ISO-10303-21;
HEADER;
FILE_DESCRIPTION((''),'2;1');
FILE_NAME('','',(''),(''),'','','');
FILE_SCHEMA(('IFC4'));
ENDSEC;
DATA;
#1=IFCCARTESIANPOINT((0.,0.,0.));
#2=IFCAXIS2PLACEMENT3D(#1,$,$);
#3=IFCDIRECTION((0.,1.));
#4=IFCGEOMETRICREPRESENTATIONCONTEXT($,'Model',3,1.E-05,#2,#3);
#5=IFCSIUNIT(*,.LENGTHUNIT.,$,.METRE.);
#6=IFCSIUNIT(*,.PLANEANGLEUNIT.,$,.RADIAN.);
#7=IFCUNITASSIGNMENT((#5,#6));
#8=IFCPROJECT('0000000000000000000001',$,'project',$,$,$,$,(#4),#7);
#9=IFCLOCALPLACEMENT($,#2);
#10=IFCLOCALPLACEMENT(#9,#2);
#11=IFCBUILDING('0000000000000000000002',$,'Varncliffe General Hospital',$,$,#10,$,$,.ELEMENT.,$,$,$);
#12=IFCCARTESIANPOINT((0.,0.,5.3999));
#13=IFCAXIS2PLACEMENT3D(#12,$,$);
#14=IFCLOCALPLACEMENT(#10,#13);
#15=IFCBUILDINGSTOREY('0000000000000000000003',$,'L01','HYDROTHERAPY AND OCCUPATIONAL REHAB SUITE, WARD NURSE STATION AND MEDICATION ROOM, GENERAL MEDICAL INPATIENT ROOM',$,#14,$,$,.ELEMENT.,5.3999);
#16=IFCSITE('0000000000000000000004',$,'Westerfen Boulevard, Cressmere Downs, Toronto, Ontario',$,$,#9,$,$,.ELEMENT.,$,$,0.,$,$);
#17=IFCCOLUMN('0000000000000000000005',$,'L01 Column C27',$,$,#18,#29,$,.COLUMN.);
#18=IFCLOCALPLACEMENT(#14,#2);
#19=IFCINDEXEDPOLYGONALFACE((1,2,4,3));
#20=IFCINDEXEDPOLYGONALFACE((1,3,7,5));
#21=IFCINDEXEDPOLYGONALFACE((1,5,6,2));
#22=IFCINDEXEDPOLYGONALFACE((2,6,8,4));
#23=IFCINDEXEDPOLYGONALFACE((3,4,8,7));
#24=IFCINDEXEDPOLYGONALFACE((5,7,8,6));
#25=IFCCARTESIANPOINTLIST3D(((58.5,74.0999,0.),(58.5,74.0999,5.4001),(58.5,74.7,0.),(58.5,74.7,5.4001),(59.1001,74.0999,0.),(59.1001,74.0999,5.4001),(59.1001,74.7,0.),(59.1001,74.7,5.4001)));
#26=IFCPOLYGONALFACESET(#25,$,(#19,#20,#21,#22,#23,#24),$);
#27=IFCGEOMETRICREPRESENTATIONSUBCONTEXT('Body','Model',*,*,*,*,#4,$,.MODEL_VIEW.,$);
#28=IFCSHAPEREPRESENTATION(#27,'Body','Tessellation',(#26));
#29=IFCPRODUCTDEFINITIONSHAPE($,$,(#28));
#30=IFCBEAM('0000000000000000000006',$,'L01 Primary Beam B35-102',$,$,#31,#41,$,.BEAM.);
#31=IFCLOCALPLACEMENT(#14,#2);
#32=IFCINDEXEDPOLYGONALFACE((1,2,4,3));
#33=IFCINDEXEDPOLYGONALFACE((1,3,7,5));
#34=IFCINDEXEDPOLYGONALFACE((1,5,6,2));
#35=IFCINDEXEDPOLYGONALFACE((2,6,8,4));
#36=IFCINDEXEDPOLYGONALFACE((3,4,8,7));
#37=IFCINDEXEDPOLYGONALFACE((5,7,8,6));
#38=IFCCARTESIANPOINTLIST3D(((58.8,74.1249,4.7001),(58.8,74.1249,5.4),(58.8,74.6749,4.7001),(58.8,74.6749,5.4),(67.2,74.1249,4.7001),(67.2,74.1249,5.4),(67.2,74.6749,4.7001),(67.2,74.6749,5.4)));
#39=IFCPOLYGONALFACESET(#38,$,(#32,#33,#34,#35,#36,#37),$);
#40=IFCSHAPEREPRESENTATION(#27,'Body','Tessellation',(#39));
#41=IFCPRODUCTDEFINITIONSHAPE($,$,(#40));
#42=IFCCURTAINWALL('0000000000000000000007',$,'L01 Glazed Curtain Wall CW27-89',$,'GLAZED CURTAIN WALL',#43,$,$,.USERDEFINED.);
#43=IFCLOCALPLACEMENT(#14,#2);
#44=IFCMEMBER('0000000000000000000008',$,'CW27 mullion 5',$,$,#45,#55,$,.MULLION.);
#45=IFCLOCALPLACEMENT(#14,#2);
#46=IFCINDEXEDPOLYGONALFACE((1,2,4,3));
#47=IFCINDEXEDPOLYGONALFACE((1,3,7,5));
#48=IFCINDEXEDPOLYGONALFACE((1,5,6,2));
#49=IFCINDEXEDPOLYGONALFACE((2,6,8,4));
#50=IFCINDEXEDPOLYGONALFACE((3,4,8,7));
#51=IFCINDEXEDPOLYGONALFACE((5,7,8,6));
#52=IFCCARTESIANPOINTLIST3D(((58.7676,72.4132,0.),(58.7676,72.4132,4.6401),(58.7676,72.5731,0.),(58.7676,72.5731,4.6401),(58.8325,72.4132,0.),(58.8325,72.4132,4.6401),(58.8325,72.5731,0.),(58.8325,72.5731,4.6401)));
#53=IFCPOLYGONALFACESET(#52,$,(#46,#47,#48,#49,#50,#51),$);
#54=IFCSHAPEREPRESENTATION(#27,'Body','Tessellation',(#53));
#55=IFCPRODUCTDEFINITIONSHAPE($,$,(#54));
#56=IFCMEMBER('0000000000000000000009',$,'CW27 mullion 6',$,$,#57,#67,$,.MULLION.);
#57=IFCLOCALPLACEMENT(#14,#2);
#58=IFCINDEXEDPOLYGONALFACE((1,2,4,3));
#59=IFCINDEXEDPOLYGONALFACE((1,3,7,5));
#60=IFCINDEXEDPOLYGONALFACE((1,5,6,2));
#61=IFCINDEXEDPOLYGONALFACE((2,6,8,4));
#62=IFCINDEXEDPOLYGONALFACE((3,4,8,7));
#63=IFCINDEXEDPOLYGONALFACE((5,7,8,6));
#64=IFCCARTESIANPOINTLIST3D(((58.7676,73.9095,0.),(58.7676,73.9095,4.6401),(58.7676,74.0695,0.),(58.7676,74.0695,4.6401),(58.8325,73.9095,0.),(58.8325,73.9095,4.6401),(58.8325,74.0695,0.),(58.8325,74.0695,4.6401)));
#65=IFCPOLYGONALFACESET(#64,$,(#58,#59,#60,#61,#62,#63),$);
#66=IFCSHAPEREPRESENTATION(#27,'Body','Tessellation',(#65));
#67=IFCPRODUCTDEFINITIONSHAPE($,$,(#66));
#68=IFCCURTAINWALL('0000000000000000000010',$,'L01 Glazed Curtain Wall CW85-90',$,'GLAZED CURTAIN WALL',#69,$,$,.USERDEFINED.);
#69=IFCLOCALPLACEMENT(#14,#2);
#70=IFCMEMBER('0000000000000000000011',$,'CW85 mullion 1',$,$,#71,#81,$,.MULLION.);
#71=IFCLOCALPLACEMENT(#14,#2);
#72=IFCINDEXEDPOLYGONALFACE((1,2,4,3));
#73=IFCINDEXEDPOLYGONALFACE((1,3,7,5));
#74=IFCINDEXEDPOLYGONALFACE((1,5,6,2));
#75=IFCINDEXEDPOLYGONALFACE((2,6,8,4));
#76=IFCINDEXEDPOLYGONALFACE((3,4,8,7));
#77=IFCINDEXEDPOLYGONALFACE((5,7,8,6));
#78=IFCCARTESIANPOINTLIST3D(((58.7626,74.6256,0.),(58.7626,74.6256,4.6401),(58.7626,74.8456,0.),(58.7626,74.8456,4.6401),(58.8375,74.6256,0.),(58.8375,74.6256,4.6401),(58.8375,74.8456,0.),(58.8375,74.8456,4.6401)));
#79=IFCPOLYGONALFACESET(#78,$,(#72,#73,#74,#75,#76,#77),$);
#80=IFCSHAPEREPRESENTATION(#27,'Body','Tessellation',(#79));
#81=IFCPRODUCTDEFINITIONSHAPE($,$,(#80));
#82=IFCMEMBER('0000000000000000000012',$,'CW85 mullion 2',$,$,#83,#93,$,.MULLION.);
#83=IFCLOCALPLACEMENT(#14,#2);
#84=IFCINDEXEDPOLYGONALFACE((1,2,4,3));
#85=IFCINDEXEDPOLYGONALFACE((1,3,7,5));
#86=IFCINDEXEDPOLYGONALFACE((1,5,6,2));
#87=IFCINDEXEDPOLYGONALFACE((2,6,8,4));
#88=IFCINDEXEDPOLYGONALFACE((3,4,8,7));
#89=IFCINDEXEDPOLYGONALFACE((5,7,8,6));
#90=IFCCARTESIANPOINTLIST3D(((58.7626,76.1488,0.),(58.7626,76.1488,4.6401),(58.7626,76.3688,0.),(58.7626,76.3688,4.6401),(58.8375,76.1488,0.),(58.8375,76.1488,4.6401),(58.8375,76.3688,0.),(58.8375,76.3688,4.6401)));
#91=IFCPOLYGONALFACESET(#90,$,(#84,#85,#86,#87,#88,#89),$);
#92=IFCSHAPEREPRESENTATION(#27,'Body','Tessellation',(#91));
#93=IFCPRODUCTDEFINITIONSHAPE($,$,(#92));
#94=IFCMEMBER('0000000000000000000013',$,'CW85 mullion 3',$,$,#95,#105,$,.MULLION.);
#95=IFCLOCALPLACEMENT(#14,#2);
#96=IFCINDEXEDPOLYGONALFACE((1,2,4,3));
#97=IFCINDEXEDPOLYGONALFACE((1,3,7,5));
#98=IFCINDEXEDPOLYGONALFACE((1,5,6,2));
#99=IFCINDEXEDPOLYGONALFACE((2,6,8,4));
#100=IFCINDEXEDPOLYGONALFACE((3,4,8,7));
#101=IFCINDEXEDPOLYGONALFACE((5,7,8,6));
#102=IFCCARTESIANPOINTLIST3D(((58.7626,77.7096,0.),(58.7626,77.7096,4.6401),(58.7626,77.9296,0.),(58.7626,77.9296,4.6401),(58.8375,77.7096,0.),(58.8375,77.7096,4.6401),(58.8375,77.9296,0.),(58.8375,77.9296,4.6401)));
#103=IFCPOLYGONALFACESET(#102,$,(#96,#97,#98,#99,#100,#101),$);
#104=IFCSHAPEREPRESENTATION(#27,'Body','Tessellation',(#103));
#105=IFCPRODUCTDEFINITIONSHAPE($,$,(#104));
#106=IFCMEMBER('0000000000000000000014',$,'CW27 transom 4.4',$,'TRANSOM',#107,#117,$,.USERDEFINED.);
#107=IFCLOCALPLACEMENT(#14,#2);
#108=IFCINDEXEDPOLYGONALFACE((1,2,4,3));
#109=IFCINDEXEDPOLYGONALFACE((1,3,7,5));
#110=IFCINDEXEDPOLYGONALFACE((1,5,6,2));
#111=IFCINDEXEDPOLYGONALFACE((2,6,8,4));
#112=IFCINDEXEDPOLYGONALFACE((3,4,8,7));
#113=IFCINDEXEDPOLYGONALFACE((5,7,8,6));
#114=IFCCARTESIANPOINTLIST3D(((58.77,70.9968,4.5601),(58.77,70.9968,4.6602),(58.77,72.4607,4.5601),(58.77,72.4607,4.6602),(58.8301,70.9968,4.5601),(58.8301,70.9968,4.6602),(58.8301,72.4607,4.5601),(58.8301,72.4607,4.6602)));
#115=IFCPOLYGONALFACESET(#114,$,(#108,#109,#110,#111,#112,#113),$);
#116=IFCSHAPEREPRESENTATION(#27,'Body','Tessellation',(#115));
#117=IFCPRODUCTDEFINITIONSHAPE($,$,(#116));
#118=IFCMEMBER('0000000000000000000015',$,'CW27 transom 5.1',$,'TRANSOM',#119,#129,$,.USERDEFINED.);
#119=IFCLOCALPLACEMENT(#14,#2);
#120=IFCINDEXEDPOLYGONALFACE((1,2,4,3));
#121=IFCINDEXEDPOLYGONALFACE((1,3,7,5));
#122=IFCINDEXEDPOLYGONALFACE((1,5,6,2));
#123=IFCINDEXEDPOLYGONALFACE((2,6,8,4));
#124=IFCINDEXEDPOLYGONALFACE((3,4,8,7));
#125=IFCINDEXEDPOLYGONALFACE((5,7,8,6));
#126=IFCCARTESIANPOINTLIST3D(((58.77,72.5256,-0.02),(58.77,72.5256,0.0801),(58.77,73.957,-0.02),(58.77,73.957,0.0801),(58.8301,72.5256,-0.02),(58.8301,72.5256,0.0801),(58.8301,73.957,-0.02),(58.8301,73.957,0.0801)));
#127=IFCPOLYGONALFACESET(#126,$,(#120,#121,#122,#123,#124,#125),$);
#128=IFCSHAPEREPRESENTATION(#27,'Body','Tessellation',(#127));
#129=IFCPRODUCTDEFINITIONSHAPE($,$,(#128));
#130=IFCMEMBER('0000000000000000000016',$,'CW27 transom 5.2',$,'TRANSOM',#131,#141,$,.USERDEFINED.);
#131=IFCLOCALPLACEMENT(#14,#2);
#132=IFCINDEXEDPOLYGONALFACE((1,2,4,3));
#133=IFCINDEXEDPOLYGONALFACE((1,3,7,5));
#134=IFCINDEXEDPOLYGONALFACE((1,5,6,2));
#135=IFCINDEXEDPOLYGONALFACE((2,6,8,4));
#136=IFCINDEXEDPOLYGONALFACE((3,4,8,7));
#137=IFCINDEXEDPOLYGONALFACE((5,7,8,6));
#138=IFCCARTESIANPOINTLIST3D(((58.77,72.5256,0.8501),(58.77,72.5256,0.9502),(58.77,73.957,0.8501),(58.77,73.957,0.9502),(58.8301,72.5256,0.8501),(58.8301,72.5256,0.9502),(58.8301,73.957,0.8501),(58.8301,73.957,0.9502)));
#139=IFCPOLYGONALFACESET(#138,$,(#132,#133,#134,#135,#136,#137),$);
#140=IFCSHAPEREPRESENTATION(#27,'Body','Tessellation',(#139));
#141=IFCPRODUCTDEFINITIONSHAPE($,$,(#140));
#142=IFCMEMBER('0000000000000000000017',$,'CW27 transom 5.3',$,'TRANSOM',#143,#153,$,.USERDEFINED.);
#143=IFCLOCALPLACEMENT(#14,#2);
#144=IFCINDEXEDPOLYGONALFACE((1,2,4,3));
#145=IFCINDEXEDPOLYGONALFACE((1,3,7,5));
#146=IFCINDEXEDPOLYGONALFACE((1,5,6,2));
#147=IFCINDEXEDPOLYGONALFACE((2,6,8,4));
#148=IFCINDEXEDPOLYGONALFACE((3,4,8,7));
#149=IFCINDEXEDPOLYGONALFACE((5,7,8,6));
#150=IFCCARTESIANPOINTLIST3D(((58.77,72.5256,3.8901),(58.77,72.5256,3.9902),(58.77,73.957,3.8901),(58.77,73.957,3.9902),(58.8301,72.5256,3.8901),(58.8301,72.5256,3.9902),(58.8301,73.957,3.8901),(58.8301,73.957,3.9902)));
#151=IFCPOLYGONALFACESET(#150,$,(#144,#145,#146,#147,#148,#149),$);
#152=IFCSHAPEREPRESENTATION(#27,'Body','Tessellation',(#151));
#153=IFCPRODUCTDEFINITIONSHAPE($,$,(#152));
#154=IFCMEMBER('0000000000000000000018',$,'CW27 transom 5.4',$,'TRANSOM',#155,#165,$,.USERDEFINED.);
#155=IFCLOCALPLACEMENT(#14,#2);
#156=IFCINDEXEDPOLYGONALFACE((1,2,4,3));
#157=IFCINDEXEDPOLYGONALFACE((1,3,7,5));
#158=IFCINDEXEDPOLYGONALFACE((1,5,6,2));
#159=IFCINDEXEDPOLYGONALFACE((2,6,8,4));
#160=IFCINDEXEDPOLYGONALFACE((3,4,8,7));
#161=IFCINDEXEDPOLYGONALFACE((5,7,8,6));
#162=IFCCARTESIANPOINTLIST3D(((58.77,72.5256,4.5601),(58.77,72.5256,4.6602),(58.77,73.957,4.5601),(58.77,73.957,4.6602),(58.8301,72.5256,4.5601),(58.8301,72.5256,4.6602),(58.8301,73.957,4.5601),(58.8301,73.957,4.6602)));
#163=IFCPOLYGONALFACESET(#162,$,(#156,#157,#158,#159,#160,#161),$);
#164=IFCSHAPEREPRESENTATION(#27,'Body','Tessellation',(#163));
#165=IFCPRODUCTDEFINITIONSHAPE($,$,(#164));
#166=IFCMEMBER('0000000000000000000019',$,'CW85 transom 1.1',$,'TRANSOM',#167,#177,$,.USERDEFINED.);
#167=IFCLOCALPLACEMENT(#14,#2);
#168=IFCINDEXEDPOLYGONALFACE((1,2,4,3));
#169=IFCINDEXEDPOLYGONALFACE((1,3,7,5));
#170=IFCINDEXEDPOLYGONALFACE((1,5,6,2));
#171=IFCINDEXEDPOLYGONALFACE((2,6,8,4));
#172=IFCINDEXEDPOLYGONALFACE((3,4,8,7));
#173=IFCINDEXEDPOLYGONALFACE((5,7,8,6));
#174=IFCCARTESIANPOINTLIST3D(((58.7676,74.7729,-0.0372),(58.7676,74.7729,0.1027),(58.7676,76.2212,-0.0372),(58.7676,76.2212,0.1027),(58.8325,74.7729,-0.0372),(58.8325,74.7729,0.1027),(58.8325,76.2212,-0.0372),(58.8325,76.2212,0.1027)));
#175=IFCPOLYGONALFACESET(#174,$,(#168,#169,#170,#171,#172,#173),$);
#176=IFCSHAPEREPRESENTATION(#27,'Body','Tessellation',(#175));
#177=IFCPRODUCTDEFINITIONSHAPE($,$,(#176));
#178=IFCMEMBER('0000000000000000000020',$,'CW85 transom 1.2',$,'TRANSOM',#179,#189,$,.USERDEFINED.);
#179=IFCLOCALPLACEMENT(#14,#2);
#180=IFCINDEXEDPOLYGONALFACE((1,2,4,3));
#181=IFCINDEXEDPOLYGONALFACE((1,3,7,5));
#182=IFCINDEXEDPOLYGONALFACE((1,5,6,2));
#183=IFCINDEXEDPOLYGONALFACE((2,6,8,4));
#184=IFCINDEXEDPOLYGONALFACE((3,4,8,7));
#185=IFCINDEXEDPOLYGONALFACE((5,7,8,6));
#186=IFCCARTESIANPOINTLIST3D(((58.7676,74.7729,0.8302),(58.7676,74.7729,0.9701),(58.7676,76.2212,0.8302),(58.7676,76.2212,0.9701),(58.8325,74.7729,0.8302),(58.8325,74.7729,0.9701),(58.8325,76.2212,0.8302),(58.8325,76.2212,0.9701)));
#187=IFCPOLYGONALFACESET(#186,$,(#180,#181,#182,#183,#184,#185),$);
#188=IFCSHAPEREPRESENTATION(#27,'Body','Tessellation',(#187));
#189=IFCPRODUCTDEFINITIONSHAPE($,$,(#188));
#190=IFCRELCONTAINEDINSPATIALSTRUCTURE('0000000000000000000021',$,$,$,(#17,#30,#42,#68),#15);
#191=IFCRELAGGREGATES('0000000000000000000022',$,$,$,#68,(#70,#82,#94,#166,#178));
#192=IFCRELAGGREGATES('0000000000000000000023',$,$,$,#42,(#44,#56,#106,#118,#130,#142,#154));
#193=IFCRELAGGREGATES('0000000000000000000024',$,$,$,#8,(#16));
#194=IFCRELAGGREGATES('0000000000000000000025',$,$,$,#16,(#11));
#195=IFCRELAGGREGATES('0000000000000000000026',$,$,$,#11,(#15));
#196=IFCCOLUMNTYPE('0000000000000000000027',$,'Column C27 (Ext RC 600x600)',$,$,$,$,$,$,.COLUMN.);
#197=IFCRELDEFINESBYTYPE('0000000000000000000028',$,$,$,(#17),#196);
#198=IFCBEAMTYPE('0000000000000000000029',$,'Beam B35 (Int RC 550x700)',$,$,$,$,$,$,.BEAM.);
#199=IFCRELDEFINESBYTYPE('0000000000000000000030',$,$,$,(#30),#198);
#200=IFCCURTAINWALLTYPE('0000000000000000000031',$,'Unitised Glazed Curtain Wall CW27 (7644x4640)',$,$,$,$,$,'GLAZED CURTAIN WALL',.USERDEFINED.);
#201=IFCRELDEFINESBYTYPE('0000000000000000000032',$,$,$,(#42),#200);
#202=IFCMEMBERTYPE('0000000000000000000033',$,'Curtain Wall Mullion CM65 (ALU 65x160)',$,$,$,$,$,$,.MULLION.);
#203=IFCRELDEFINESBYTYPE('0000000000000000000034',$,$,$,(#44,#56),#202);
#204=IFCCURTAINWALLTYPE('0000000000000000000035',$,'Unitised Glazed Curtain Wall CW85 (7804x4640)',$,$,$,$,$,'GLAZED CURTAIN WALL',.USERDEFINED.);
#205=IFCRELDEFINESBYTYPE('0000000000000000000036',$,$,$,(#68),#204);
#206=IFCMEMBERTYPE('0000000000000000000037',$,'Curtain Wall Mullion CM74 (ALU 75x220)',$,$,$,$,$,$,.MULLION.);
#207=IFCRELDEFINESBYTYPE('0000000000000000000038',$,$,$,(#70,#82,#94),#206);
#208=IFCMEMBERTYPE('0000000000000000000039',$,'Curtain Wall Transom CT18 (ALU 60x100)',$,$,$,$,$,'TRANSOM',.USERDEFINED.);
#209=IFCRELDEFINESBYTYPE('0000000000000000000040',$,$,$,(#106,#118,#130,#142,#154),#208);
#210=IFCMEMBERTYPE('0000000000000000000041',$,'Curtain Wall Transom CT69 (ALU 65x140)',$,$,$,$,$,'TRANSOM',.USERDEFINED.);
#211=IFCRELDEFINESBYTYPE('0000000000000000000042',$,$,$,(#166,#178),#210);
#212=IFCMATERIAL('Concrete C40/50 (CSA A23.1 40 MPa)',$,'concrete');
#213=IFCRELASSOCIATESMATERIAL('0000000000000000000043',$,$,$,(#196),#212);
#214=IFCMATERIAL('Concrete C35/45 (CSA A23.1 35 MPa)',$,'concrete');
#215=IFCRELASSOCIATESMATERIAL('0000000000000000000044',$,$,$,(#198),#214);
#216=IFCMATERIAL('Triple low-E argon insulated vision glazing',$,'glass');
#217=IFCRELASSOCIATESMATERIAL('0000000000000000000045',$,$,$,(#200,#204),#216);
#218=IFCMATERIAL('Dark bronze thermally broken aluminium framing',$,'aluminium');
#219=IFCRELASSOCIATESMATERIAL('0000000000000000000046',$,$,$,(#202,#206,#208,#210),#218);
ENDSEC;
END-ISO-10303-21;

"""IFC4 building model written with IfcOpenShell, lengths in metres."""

from ifc_helpers import new_model, si_unit, direction, frame, origin, origin_2d, place, context, subcontext, project, spatial, rectangle, extrude, material, material_profile, profile_set, type_object, element, aggregate, save


model = new_model("IFC4")

# Units and contexts
model_context = context("Model", 3, precision=1e-05, world=origin(), true_north=direction((0.0, 1.0)))
body_context = subcontext(model_context, "Body", "Model", "MODEL_VIEW")
ifc_project = project(units=[si_unit("LENGTHUNIT", "METRE"), si_unit("PLANEANGLEUNIT", "RADIAN")], contexts=[model_context])

# Site, building, storey
site_placement = place(None, origin())
site = spatial("IfcSite", under=ifc_project, at=site_placement, Name="Westerfen Boulevard, Cressmere Downs, Toronto, Ontario", CompositionType="ELEMENT", RefElevation=0.0)
building_placement = place(site_placement, origin())
building = spatial("IfcBuilding", under=site, at=building_placement, Name="Varncliffe General Hospital", CompositionType="ELEMENT")
storey_placement = place(building_placement, frame((0.0, 0.0, 5.3999)))
storey = spatial("IfcBuildingStorey", under=building, at=storey_placement, Name="L01", Description="HYDROTHERAPY AND OCCUPATIONAL REHAB SUITE, WARD NURSE STATION AND MEDICATION ROOM, GENERAL MEDICAL INPATIENT ROOM", CompositionType="ELEMENT", Elevation=5.3999)

# Column
ifc_material_1 = material(Name="Concrete C40/50 (CSA A23.1 40 MPa)", Category="concrete")
ifc_material_profile_1 = material_profile(ifc_material_1, rectangle(XDim=0.6001, YDim=0.6001, at=origin_2d()), Name="RC 600x600")
ifc_profile_set_1 = profile_set([ifc_material_profile_1], Name="Concrete C40/50 (CSA A23.1 40 MPa)")
column_type = type_object("IfcColumnType", Name="Column C27 (Ext RC 600x600)", PredefinedType="COLUMN", material=ifc_profile_set_1)
column_placement = place(storey_placement, frame((58.8, 74.3999, 0.0), z_axis=(0.0, 0.0, 1.0), x_axis=(1.0, 0.0, 0.0)))
element("IfcColumn", 1, at=column_placement, inside=storey, type_object=column_type, Name="L01 Column C27", PredefinedType="COLUMN", context=body_context, shape_type="SweptSolid", body=[
    extrude(rectangle(XDim=0.6001, YDim=0.6001, at=origin_2d()), origin(), (0.0, 0.0, 1.0), 5.4001),
])

# Beam
ifc_material_2 = material(Name="Concrete C35/45 (CSA A23.1 35 MPa)", Category="concrete")
ifc_material_profile_2 = material_profile(ifc_material_2, rectangle(XDim=0.55, YDim=0.7, at=origin_2d()), Name="RC 550x700")
ifc_profile_set_2 = profile_set([ifc_material_profile_2], Name="Concrete C35/45 (CSA A23.1 35 MPa)")
beam_type_1 = type_object("IfcBeamType", Name="Beam B35 (Int RC 550x700)", PredefinedType="BEAM", material=ifc_profile_set_2)
beam_1_placement = place(storey_placement, frame((58.8, 74.3999, 5.05), z_axis=(1.0, 0.0, 0.0), x_axis=(0.0, 1.0, 0.0)))
element("IfcBeam", 2, at=beam_1_placement, inside=storey, type_object=beam_type_1, Name="L01 Primary Beam B35-102", PredefinedType="BEAM", context=body_context, shape_type="SweptSolid", body=[
    extrude(rectangle(XDim=0.55, YDim=0.7, at=origin_2d()), origin(), (0.0, 0.0, 1.0), 8.3999),
])

# Curtain walls, members
ifc_material_3 = material(Name="Triple low-E argon insulated vision glazing", Category="glass")
curtain_wall_type_1 = type_object("IfcCurtainWallType", Name="Unitised Glazed Curtain Wall CW27 (7644x4640)", ElementType="GLAZED CURTAIN WALL", PredefinedType="USERDEFINED", material=ifc_material_3)
curtain_wall_1_placement = place(storey_placement, origin())
curtain_wall_1 = element("IfcCurtainWall", 3, at=curtain_wall_1_placement, inside=storey, type_object=curtain_wall_type_1, Name="L01 Glazed Curtain Wall CW27-89", ObjectType="GLAZED CURTAIN WALL", PredefinedType="USERDEFINED")
ifc_material_4 = material(Name="Dark bronze thermally broken aluminium framing", Category="aluminium")
ifc_material_profile_3 = material_profile(ifc_material_4, rectangle(XDim=0.0649, YDim=0.1599, at=origin_2d()), Name="ALU 65x160")
ifc_profile_set_3 = profile_set([ifc_material_profile_3], Name="Dark bronze thermally broken aluminium framing")
member_type_1 = type_object("IfcMemberType", Name="Curtain Wall Mullion CM65 (ALU 65x160)", PredefinedType="MULLION", material=ifc_profile_set_3)
member_1_placement = place(storey_placement, frame((58.8, 72.4932, 0.0), z_axis=(0.0, 0.0, 1.0), x_axis=(-1.0, 0.0, 0.0)))
member_1 = element("IfcMember", 4, at=member_1_placement, type_object=member_type_1, Name="CW27 mullion 5", PredefinedType="MULLION", context=body_context, shape_type="SweptSolid", body=[
    extrude(rectangle(XDim=0.0649, YDim=0.1599, at=origin_2d()), origin(), (0.0, 0.0, 1.0), 4.6401),
])
member_2_placement = place(storey_placement, frame((58.8, 73.9895, 0.0), z_axis=(0.0, 0.0, 1.0), x_axis=(-1.0, 0.0, 0.0)))
member_2 = element("IfcMember", 5, at=member_2_placement, type_object=member_type_1, Name="CW27 mullion 6", PredefinedType="MULLION", context=body_context, shape_type="SweptSolid", body=[
    extrude(rectangle(XDim=0.0649, YDim=0.1599, at=origin_2d()), origin(), (0.0, 0.0, 1.0), 4.6401),
])
curtain_wall_type_2 = type_object("IfcCurtainWallType", Name="Unitised Glazed Curtain Wall CW85 (7804x4640)", ElementType="GLAZED CURTAIN WALL", PredefinedType="USERDEFINED", material=ifc_material_3)
curtain_wall_2_placement = place(storey_placement, origin())
curtain_wall_2 = element("IfcCurtainWall", 6, at=curtain_wall_2_placement, inside=storey, type_object=curtain_wall_type_2, Name="L01 Glazed Curtain Wall CW85-90", ObjectType="GLAZED CURTAIN WALL", PredefinedType="USERDEFINED")
ifc_material_profile_4 = material_profile(ifc_material_4, rectangle(XDim=0.075, YDim=0.22, at=origin_2d()), Name="ALU 75x220")
ifc_profile_set_4 = profile_set([ifc_material_profile_4], Name="Dark bronze thermally broken aluminium framing")
member_type_2 = type_object("IfcMemberType", Name="Curtain Wall Mullion CM74 (ALU 75x220)", PredefinedType="MULLION", material=ifc_profile_set_4)
member_3_placement = place(storey_placement, frame((58.8, 74.7356, 0.0), z_axis=(0.0, 0.0, 1.0), x_axis=(-1.0, 0.0, 0.0)))
member_3 = element("IfcMember", 7, at=member_3_placement, type_object=member_type_2, Name="CW85 mullion 1", PredefinedType="MULLION", context=body_context, shape_type="SweptSolid", body=[
    extrude(rectangle(XDim=0.075, YDim=0.22, at=origin_2d()), origin(), (0.0, 0.0, 1.0), 4.6401),
])
member_4_placement = place(storey_placement, frame((58.8, 76.2588, 0.0), z_axis=(0.0, 0.0, 1.0), x_axis=(-1.0, 0.0, 0.0)))
member_4 = element("IfcMember", 8, at=member_4_placement, type_object=member_type_2, Name="CW85 mullion 2", PredefinedType="MULLION", context=body_context, shape_type="SweptSolid", body=[
    extrude(rectangle(XDim=0.075, YDim=0.22, at=origin_2d()), origin(), (0.0, 0.0, 1.0), 4.6401),
])
member_5_placement = place(storey_placement, frame((58.8, 77.8196, 0.0), z_axis=(0.0, 0.0, 1.0), x_axis=(-1.0, 0.0, 0.0)))
member_5 = element("IfcMember", 9, at=member_5_placement, type_object=member_type_2, Name="CW85 mullion 3", PredefinedType="MULLION", context=body_context, shape_type="SweptSolid", body=[
    extrude(rectangle(XDim=0.075, YDim=0.22, at=origin_2d()), origin(), (0.0, 0.0, 1.0), 4.6401),
])

# Members
ifc_material_profile_5 = material_profile(ifc_material_4, rectangle(XDim=0.0601, YDim=0.1001, at=origin_2d()), Name="ALU 60x100")
ifc_profile_set_5 = profile_set([ifc_material_profile_5], Name="Dark bronze thermally broken aluminium framing")
member_type_3 = type_object("IfcMemberType", Name="Curtain Wall Transom CT18 (ALU 60x100)", ElementType="TRANSOM", PredefinedType="USERDEFINED", material=ifc_profile_set_5)
member_6_placement = place(storey_placement, frame((58.8, 70.9968, 4.6101), z_axis=(0.0, 1.0, 0.0), x_axis=(-1.0, 0.0, 0.0)))
member_6 = element("IfcMember", 10, at=member_6_placement, type_object=member_type_3, Name="CW27 transom 4.4", ObjectType="TRANSOM", PredefinedType="USERDEFINED", context=body_context, shape_type="SweptSolid", body=[
    extrude(rectangle(XDim=0.0601, YDim=0.1001, at=origin_2d()), origin(), (0.0, 0.0, 1.0), 1.4639),
])
member_7_placement = place(storey_placement, frame((58.8, 72.5256, 0.03), z_axis=(0.0, 1.0, 0.0), x_axis=(-1.0, 0.0, 0.0)))
member_7 = element("IfcMember", 11, at=member_7_placement, type_object=member_type_3, Name="CW27 transom 5.1", ObjectType="TRANSOM", PredefinedType="USERDEFINED", context=body_context, shape_type="SweptSolid", body=[
    extrude(rectangle(XDim=0.0601, YDim=0.1001, at=origin_2d()), origin(), (0.0, 0.0, 1.0), 1.4314),
])
member_8_placement = place(storey_placement, frame((58.8, 72.5256, 0.9001), z_axis=(0.0, 1.0, 0.0), x_axis=(-1.0, 0.0, 0.0)))
member_8 = element("IfcMember", 12, at=member_8_placement, type_object=member_type_3, Name="CW27 transom 5.2", ObjectType="TRANSOM", PredefinedType="USERDEFINED", context=body_context, shape_type="SweptSolid", body=[
    extrude(rectangle(XDim=0.0601, YDim=0.1001, at=origin_2d()), origin(), (0.0, 0.0, 1.0), 1.4314),
])
member_9_placement = place(storey_placement, frame((58.8, 72.5256, 3.9402), z_axis=(0.0, 1.0, 0.0), x_axis=(-1.0, 0.0, 0.0)))
member_9 = element("IfcMember", 13, at=member_9_placement, type_object=member_type_3, Name="CW27 transom 5.3", ObjectType="TRANSOM", PredefinedType="USERDEFINED", context=body_context, shape_type="SweptSolid", body=[
    extrude(rectangle(XDim=0.0601, YDim=0.1001, at=origin_2d()), origin(), (0.0, 0.0, 1.0), 1.4314),
])
member_10_placement = place(storey_placement, frame((58.8, 72.5256, 4.6101), z_axis=(0.0, 1.0, 0.0), x_axis=(-1.0, 0.0, 0.0)))
member_10 = element("IfcMember", 14, at=member_10_placement, type_object=member_type_3, Name="CW27 transom 5.4", ObjectType="TRANSOM", PredefinedType="USERDEFINED", context=body_context, shape_type="SweptSolid", body=[
    extrude(rectangle(XDim=0.0601, YDim=0.1001, at=origin_2d()), origin(), (0.0, 0.0, 1.0), 1.4314),
])
ifc_material_profile_6 = material_profile(ifc_material_4, rectangle(XDim=0.0649, YDim=0.1399, at=origin_2d()), Name="ALU 65x140")
ifc_profile_set_6 = profile_set([ifc_material_profile_6], Name="Dark bronze thermally broken aluminium framing")
member_type_4 = type_object("IfcMemberType", Name="Curtain Wall Transom CT69 (ALU 65x140)", ElementType="TRANSOM", PredefinedType="USERDEFINED", material=ifc_profile_set_6)
member_11_placement = place(storey_placement, frame((58.8, 74.7729, 0.0327), z_axis=(0.0, 1.0, 0.0), x_axis=(-1.0, 0.0, 0.0)))
member_11 = element("IfcMember", 15, at=member_11_placement, type_object=member_type_4, Name="CW85 transom 1.1", ObjectType="TRANSOM", PredefinedType="USERDEFINED", context=body_context, shape_type="SweptSolid", body=[
    extrude(rectangle(XDim=0.0649, YDim=0.1399, at=origin_2d()), origin(), (0.0, 0.0, 1.0), 1.4482),
])
member_12_placement = place(storey_placement, frame((58.8, 74.7729, 0.9001), z_axis=(0.0, 1.0, 0.0), x_axis=(-1.0, 0.0, 0.0)))
member_12 = element("IfcMember", 16, at=member_12_placement, type_object=member_type_4, Name="CW85 transom 1.2", ObjectType="TRANSOM", PredefinedType="USERDEFINED", context=body_context, shape_type="SweptSolid", body=[
    extrude(rectangle(XDim=0.0649, YDim=0.1399, at=origin_2d()), origin(), (0.0, 0.0, 1.0), 1.4482),
])

aggregate(curtain_wall_2, [member_3, member_4, member_5, member_11, member_12])
aggregate(curtain_wall_1, [member_1, member_2, member_6, member_7, member_8, member_9, member_10])

save(model, "model.ifc")
